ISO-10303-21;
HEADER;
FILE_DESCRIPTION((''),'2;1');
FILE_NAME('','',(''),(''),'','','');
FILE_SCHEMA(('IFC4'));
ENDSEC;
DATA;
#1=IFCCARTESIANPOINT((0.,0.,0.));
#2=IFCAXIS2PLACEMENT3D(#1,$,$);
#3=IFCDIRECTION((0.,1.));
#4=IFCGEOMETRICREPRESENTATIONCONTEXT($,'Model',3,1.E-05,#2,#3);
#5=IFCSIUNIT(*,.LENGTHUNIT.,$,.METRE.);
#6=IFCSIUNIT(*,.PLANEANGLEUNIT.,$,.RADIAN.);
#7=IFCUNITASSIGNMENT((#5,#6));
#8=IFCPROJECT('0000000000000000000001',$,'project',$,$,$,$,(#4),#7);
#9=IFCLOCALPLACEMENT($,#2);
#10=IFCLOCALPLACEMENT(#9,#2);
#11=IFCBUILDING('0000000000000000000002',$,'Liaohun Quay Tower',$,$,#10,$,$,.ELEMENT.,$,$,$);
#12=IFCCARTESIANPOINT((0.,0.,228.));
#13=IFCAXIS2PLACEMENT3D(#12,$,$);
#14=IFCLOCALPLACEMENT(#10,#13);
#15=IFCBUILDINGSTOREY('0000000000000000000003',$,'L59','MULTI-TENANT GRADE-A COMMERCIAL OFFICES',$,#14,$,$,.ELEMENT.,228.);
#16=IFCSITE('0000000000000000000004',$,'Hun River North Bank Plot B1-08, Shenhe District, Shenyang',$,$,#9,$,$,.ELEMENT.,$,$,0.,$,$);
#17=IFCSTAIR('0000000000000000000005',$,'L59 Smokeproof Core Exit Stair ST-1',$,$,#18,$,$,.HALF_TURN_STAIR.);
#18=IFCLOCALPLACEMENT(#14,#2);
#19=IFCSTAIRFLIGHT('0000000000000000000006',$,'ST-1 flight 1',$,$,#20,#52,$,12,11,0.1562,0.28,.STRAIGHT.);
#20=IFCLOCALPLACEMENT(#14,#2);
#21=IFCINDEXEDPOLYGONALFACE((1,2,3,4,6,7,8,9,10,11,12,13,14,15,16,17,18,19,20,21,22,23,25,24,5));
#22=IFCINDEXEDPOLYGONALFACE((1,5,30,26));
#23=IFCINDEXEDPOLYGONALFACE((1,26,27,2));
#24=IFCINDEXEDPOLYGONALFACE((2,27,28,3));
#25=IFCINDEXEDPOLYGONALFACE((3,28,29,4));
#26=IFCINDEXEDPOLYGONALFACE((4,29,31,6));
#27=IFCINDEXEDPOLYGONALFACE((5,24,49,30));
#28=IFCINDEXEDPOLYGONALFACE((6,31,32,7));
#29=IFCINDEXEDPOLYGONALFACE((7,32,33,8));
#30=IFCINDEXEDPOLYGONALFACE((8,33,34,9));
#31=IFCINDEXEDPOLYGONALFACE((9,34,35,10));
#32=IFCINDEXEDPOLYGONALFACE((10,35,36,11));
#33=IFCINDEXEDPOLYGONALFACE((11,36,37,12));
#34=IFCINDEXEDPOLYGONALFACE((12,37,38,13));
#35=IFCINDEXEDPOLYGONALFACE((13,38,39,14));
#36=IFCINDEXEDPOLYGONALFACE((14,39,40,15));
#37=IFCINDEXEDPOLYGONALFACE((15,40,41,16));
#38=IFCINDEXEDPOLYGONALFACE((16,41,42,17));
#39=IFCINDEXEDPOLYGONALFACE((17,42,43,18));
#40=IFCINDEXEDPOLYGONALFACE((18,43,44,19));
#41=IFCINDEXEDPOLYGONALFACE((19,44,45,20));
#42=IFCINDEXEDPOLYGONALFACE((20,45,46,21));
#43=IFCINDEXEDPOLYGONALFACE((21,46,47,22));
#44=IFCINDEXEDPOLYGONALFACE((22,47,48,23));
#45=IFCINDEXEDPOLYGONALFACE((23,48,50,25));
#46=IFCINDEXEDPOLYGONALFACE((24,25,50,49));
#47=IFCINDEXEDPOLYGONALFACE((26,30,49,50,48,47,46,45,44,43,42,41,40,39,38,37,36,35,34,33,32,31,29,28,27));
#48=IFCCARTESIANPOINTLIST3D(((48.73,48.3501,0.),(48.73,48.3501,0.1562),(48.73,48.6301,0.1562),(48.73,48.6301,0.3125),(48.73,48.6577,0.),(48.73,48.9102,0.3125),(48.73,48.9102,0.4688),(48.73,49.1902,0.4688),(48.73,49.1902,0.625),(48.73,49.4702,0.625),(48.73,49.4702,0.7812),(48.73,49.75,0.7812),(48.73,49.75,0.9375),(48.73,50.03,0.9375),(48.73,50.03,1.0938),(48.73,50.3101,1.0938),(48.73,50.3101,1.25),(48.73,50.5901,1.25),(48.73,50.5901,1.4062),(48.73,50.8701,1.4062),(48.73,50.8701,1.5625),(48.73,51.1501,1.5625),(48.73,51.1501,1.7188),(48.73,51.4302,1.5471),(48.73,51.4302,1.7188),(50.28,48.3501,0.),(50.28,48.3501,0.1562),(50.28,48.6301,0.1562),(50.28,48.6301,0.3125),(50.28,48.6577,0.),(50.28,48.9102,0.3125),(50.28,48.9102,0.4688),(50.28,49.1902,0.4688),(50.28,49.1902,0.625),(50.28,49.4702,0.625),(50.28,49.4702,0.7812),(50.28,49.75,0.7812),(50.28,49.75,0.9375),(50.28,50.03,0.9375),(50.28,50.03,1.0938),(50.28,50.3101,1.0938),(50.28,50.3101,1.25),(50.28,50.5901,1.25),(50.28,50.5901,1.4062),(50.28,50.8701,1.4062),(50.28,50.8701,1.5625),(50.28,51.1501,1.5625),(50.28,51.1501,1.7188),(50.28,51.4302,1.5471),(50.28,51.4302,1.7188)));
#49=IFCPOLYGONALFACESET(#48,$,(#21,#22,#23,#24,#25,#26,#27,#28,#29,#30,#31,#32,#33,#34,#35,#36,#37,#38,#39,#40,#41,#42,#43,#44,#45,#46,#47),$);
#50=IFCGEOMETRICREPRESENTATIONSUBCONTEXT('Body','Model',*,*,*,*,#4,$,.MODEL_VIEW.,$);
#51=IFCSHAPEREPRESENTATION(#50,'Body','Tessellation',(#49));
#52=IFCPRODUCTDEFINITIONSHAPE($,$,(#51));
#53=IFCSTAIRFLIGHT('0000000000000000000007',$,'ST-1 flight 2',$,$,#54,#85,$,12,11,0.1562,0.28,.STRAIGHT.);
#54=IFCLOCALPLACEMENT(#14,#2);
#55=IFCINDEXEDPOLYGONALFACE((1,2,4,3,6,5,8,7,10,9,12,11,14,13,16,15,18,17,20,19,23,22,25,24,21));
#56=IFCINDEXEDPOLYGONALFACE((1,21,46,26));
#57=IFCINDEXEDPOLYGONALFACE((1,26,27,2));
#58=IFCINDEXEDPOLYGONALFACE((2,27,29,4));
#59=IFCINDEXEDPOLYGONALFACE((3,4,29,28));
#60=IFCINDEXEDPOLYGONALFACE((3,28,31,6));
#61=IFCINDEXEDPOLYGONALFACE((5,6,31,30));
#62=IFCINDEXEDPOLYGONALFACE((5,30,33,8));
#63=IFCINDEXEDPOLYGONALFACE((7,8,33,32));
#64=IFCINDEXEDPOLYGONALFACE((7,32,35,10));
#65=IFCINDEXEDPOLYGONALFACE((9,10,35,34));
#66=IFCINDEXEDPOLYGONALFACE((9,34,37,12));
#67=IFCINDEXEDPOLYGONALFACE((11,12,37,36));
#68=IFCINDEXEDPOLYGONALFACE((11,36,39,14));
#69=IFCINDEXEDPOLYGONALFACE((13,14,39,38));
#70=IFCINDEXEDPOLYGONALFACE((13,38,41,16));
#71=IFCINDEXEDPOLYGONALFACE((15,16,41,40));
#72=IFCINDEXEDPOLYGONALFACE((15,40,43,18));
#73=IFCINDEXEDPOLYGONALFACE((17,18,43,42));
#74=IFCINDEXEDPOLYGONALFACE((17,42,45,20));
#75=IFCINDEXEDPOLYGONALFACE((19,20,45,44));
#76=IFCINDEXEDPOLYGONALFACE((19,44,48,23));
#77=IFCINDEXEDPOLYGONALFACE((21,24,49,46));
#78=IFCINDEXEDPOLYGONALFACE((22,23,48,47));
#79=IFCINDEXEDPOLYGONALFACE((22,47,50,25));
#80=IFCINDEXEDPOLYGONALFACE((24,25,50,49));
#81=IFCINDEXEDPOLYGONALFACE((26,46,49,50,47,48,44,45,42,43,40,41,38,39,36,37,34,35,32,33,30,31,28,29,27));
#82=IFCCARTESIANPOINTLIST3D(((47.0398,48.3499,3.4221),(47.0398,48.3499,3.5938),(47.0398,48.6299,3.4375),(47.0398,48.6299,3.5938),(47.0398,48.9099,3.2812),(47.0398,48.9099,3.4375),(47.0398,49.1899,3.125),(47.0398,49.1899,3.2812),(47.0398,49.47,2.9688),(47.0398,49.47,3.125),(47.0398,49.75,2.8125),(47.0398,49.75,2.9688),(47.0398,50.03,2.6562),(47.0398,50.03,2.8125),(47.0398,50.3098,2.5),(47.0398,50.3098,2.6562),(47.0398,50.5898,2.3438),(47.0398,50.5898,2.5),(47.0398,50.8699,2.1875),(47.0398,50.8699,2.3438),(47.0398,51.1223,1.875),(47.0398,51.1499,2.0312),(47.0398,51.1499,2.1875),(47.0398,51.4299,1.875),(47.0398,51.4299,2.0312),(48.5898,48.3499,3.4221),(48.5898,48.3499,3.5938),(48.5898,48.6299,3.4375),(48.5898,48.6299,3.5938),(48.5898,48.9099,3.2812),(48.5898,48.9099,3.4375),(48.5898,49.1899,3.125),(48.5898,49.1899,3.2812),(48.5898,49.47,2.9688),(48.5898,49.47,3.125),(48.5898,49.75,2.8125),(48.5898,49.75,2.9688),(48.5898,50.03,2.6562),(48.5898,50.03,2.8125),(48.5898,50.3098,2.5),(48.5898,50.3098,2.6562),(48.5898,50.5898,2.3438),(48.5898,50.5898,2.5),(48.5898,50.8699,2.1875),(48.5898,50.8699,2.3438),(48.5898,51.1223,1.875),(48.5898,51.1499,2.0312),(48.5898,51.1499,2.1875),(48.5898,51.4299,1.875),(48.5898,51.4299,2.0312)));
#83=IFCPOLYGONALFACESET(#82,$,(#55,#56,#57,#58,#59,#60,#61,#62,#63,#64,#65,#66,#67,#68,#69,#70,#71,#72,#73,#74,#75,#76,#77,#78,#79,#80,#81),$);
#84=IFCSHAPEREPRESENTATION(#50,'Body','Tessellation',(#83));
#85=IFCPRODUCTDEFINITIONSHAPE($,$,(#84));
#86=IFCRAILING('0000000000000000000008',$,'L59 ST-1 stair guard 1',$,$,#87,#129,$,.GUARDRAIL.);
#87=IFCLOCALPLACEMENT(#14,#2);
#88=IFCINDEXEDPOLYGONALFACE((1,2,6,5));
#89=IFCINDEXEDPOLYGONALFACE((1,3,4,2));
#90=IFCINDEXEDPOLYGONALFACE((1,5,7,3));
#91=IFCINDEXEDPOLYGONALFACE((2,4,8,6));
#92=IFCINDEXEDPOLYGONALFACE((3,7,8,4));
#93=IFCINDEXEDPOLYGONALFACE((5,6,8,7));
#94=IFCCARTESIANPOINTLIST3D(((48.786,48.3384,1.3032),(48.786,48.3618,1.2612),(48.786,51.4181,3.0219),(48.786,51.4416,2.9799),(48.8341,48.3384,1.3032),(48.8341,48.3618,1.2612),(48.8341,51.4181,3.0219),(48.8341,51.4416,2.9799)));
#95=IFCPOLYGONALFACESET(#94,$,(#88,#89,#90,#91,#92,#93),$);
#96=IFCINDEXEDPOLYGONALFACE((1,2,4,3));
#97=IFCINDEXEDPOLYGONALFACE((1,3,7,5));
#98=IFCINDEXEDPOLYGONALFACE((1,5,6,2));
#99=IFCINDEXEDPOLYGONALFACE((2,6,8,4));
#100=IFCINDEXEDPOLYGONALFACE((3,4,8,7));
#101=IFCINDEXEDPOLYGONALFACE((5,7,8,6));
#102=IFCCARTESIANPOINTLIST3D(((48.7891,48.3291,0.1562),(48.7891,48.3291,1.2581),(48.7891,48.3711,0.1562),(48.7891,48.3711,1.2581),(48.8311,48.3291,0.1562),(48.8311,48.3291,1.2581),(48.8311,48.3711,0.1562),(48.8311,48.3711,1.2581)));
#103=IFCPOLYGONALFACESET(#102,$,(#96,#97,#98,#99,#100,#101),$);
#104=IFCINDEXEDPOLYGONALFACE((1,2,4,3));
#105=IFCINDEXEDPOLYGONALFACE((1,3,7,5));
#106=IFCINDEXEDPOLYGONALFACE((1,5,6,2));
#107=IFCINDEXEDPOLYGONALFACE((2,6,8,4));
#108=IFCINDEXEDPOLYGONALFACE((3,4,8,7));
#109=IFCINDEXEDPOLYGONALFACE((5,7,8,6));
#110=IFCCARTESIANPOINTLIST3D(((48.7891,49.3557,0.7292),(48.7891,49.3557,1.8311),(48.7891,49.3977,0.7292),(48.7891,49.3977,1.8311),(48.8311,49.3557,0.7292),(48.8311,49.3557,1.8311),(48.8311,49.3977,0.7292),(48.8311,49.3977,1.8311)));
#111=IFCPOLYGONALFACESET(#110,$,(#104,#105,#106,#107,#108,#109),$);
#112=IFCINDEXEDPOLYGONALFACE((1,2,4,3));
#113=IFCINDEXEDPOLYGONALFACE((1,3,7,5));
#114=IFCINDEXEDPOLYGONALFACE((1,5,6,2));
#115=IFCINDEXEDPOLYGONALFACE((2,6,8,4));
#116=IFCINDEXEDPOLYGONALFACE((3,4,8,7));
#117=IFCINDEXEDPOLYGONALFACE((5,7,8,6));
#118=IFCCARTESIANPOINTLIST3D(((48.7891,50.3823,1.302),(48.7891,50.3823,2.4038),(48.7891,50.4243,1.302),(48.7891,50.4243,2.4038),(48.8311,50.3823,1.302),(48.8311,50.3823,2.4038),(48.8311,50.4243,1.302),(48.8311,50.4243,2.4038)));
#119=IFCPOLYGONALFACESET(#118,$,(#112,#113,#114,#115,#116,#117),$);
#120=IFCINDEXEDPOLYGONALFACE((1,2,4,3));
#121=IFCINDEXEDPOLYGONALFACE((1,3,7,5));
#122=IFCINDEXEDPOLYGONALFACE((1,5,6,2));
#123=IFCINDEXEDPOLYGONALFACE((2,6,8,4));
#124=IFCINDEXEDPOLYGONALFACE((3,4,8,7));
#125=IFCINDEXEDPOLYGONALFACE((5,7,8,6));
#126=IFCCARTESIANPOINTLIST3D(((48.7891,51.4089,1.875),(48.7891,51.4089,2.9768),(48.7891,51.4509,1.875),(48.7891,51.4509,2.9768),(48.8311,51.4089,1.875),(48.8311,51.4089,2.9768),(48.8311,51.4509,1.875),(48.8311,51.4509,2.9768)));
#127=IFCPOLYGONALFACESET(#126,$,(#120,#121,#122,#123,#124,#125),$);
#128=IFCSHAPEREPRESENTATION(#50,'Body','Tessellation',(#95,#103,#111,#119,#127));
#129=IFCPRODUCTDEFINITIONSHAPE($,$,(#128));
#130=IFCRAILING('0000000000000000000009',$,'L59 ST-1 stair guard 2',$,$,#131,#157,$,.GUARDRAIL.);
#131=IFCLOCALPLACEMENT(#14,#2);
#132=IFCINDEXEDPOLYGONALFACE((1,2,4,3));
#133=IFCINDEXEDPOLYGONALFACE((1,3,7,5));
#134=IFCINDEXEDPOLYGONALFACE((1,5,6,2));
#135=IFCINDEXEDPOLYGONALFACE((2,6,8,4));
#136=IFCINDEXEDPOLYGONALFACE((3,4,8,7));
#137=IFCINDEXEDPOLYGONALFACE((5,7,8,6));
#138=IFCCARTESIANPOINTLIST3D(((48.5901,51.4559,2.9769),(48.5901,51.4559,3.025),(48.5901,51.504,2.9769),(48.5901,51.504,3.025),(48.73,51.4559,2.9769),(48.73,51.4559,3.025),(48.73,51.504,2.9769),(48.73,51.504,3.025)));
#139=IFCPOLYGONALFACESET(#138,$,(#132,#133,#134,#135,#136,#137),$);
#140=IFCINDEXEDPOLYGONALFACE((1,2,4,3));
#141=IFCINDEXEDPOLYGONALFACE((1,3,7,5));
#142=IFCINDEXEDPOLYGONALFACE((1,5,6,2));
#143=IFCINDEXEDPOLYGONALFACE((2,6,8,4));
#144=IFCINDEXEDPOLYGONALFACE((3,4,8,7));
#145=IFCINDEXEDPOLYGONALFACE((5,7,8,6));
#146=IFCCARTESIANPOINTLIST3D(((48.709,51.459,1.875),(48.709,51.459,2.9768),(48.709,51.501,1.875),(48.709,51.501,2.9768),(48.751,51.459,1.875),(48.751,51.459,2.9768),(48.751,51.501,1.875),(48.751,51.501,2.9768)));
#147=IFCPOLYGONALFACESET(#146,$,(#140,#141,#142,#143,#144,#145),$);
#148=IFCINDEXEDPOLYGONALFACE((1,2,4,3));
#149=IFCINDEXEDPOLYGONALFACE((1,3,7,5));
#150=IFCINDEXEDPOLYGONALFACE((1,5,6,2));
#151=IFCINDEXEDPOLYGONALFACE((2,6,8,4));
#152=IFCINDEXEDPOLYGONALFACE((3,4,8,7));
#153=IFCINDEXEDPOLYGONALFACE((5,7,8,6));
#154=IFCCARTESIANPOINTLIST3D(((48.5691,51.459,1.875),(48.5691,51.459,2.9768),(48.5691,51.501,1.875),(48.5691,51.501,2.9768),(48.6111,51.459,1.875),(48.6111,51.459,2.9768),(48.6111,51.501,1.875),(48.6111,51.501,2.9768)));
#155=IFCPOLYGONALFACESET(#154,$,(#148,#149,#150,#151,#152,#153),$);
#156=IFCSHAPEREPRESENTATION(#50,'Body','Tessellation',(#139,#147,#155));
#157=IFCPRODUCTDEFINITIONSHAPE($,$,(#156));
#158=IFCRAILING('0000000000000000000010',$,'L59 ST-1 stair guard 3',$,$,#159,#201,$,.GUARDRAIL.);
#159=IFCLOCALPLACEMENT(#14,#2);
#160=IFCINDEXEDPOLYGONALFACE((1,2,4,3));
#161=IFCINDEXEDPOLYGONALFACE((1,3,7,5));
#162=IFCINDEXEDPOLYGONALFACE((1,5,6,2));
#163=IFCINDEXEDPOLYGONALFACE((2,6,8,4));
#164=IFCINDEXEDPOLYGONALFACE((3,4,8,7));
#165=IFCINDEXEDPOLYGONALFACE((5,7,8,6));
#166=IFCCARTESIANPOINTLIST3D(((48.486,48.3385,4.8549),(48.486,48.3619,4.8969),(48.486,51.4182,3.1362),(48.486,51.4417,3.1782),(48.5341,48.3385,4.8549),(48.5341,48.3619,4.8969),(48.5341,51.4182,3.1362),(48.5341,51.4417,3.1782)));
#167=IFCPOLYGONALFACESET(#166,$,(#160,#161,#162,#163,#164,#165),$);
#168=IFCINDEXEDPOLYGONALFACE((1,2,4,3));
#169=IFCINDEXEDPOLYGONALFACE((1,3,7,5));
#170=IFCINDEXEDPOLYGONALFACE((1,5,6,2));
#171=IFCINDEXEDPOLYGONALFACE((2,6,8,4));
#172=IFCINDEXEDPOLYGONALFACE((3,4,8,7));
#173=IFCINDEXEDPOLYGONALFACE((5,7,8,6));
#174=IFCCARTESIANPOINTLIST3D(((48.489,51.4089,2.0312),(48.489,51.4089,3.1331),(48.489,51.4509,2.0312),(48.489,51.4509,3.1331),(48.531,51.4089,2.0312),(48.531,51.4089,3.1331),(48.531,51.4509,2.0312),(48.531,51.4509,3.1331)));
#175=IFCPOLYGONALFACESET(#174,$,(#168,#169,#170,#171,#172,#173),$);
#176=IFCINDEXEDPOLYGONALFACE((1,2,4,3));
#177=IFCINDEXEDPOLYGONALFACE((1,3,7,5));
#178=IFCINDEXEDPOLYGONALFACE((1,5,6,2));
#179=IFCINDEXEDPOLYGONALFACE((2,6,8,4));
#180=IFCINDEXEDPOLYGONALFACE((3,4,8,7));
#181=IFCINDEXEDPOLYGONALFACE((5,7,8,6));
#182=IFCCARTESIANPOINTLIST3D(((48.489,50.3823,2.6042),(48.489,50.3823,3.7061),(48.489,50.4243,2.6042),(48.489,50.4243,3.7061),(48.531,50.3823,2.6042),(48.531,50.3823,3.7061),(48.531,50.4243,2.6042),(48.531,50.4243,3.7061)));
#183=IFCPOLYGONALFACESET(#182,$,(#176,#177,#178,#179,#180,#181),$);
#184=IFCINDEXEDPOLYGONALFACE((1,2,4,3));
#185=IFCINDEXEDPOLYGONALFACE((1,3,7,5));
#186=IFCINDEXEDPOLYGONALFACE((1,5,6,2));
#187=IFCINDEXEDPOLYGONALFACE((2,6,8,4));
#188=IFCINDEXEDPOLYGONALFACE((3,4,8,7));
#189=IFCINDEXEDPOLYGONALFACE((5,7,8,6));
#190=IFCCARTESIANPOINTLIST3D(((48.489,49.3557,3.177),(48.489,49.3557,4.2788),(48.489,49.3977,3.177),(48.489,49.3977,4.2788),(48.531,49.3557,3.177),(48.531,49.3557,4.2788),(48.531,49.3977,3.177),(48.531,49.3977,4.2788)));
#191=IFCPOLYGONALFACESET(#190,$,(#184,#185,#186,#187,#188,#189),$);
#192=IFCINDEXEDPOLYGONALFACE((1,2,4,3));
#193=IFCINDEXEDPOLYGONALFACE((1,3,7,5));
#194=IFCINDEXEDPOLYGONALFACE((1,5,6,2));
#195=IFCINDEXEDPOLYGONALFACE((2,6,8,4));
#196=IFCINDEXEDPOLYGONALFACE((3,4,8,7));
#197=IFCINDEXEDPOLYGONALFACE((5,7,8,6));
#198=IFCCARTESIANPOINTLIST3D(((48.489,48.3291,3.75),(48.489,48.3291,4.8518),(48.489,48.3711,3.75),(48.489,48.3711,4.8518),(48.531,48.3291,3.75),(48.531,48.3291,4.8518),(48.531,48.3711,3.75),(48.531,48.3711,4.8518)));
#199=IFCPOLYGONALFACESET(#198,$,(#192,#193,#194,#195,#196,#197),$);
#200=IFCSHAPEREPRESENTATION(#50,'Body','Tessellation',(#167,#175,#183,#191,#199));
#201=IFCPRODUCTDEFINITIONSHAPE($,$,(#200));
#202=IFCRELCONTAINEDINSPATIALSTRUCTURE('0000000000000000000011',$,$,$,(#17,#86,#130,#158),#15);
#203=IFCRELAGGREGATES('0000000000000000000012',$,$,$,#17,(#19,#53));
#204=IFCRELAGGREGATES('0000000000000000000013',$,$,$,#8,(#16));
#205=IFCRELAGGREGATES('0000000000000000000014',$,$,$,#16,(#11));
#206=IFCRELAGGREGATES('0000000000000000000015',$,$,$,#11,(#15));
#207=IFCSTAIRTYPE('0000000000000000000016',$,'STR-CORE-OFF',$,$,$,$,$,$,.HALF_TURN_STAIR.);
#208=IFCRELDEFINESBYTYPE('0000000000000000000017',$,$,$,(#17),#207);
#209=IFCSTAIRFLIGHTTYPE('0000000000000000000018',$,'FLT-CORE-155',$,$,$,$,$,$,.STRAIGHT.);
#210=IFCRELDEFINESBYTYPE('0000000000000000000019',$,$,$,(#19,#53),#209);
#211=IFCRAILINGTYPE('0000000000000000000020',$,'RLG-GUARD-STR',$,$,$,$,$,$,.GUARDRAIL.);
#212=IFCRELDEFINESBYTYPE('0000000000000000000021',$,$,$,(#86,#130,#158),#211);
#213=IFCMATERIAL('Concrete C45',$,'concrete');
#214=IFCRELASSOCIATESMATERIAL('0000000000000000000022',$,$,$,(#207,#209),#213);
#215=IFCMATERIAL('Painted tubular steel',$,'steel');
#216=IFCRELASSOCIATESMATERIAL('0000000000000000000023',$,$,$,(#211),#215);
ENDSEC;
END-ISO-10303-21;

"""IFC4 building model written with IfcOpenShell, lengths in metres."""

from ifc_helpers import new_model, si_unit, direction, frame, origin, origin_2d, place, context, subcontext, project, spatial, polyline, rectangle, outline, extrude, material, type_object, element, aggregate, save


model = new_model("IFC4")

# Units and contexts
model_context = context("Model", 3, precision=1e-05, world=origin(), true_north=direction((0.0, 1.0)))
body_context = subcontext(model_context, "Body", "Model", "MODEL_VIEW")
ifc_project = project(units=[si_unit("LENGTHUNIT", "METRE"), si_unit("PLANEANGLEUNIT", "RADIAN")], contexts=[model_context])

# Site, building, storey
site_placement = place(None, origin())
site = spatial("IfcSite", under=ifc_project, at=site_placement, Name="Hun River North Bank Plot B1-08, Shenhe District, Shenyang", CompositionType="ELEMENT", RefElevation=0.0)
building_placement = place(site_placement, origin())
building = spatial("IfcBuilding", under=site, at=building_placement, Name="Liaohun Quay Tower", CompositionType="ELEMENT")
storey_placement = place(building_placement, frame((0.0, 0.0, 228.0)))
storey = spatial("IfcBuildingStorey", under=building, at=storey_placement, Name="L59", Description="MULTI-TENANT GRADE-A COMMERCIAL OFFICES", CompositionType="ELEMENT", Elevation=228.0)

# Stair
ifc_material_1 = material(Name="Concrete C45", Category="concrete")
stair_type = type_object("IfcStairType", Name="STR-CORE-OFF", PredefinedType="HALF_TURN_STAIR", material=ifc_material_1)
stair_1_placement = place(storey_placement, origin())
stair_1 = element("IfcStair", 1, at=stair_1_placement, inside=storey, type_object=stair_type, Name="L59 Smokeproof Core Exit Stair ST-1", PredefinedType="HALF_TURN_STAIR")

# Stair flights
stair_flight_type = type_object("IfcStairFlightType", Name="FLT-CORE-155", PredefinedType="STRAIGHT", material=ifc_material_1)
stair_flight_1_placement = place(storey_placement, frame((49.5049, 48.3501, 0.0), z_axis=(0.0, 0.0, 1.0), x_axis=(0.0, 1.0, 0.0)))
stair_flight_1 = element("IfcStairFlight", 2, at=stair_flight_1_placement, type_object=stair_flight_type, Name="ST-1 flight 1", NumberOfRisers=12, NumberOfTreads=11, PredefinedType="STRAIGHT", RiserHeight=0.1562, TreadLength=0.28, context=body_context, shape_type="SweptSolid", body=[
    extrude(outline(polyline([(0.0, 0.0), (0.0, 0.1562), (0.28, 0.1562), (0.28, 0.3125), (0.5601, 0.3125), (0.5601, 0.4688), (0.8401, 0.4688), (0.8401, 0.625), (1.1201, 0.625), (1.1201, 0.7812), (1.3999, 0.7812), (1.3999, 0.9375), (1.6799, 0.9375), (1.6799, 1.0938), (1.96, 1.0938), (1.96, 1.25), (2.24, 1.25), (2.24, 1.4062), (2.52, 1.4062), (2.52, 1.5625), (2.8, 1.5625), (2.8, 1.7188), (3.0801, 1.7188), (3.0801, 1.875), (3.0801, 1.5471), (0.3076, 0.0), (0.0, 0.0)])), frame((0.0, 0.7749, 0.0), z_axis=(0.0, -1.0, 0.0), x_axis=(1.0, 0.0, 0.0)), (0.0, 0.0, 1.0), 1.55),
])
stair_flight_2_placement = place(storey_placement, frame((47.8149, 51.4299, 1.875), z_axis=(0.0, 0.0, 1.0), x_axis=(0.0, -1.0, 0.0)))
stair_flight_2 = element("IfcStairFlight", 3, at=stair_flight_2_placement, type_object=stair_flight_type, Name="ST-1 flight 2", NumberOfRisers=12, NumberOfTreads=11, PredefinedType="STRAIGHT", RiserHeight=0.1562, TreadLength=0.28, context=body_context, shape_type="SweptSolid", body=[
    extrude(outline(polyline([(0.0, 0.0), (0.0, 0.1562), (0.28, 0.1562), (0.28, 0.3125), (0.5601, 0.3125), (0.5601, 0.4688), (0.8401, 0.4688), (0.8401, 0.625), (1.1201, 0.625), (1.1201, 0.7812), (1.3999, 0.7812), (1.3999, 0.9375), (1.6799, 0.9375), (1.6799, 1.0938), (1.96, 1.0938), (1.96, 1.25), (2.24, 1.25), (2.24, 1.4062), (2.52, 1.4062), (2.52, 1.5625), (2.8, 1.5625), (2.8, 1.7188), (3.0801, 1.7188), (3.0801, 1.875), (3.0801, 1.5471), (0.3076, 0.0), (0.0, 0.0)])), frame((0.0, 0.7749, 0.0), z_axis=(0.0, -1.0, 0.0), x_axis=(1.0, 0.0, 0.0)), (0.0, 0.0, 1.0), 1.55),
])
aggregate(stair_1, [stair_flight_1, stair_flight_2])

# Railings
ifc_material_2 = material(Name="Painted tubular steel", Category="steel")
railing_type_1 = type_object("IfcRailingType", Name="RLG-GUARD-STR", PredefinedType="GUARDRAIL", material=ifc_material_2)
railing_1_placement = place(storey_placement, frame((48.8101, 48.3501, 0.1562)))
element("IfcRailing", 4, at=railing_1_placement, inside=storey, type_object=railing_type_1, Name="L59 ST-1 stair guard 1", PredefinedType="GUARDRAIL", context=body_context, shape_type="SweptSolid", body=[
    extrude(rectangle(XDim=0.0481, YDim=0.0481, at=origin_2d()), frame((0.0, 0.0, 1.126), z_axis=(0.0, 0.873225, 0.487317), x_axis=(-1.0, 0.0, 0.0)), (0.0, 0.0, 1.0), 3.5269),
    extrude(rectangle(XDim=0.042, YDim=0.042, at=origin_2d()), origin(), (0.0, 0.0, 1.0), 1.1018),
    extrude(rectangle(XDim=0.042, YDim=0.042, at=origin_2d()), frame((0.0, 1.0266, 0.573)), (0.0, 0.0, 1.0), 1.1018),
    extrude(rectangle(XDim=0.042, YDim=0.042, at=origin_2d()), frame((0.0, 2.0532, 1.1458)), (0.0, 0.0, 1.0), 1.1018),
    extrude(rectangle(XDim=0.042, YDim=0.042, at=origin_2d()), frame((0.0, 3.0798, 1.7188)), (0.0, 0.0, 1.0), 1.1018),
])
railing_2_placement = place(storey_placement, frame((48.73, 51.48, 1.875)))
element("IfcRailing", 5, at=railing_2_placement, inside=storey, type_object=railing_type_1, Name="L59 ST-1 stair guard 2", PredefinedType="GUARDRAIL", context=body_context, shape_type="SweptSolid", body=[
    extrude(rectangle(XDim=0.0481, YDim=0.0481, at=origin_2d()), frame((0.0, 0.0, 1.126), z_axis=(-1.0, 0.0, 0.0), x_axis=(0.0, -1.0, 0.0)), (0.0, 0.0, 1.0), 0.1399),
    extrude(rectangle(XDim=0.042, YDim=0.042, at=origin_2d()), origin(), (0.0, 0.0, 1.0), 1.1018),
    extrude(rectangle(XDim=0.042, YDim=0.042, at=origin_2d()), frame((-0.1399, 0.0, 0.0)), (0.0, 0.0, 1.0), 1.1018),
])
railing_3_placement = place(storey_placement, frame((48.51, 51.4299, 2.0312)))
element("IfcRailing", 6, at=railing_3_placement, inside=storey, type_object=railing_type_1, Name="L59 ST-1 stair guard 3", PredefinedType="GUARDRAIL", context=body_context, shape_type="SweptSolid", body=[
    extrude(rectangle(XDim=0.0481, YDim=0.0481, at=origin_2d()), frame((0.0, 0.0, 1.126), z_axis=(0.0, -0.873225, 0.487317), x_axis=(1.0, 0.0, 0.0)), (0.0, 0.0, 1.0), 3.5269),
    extrude(rectangle(XDim=0.042, YDim=0.042, at=origin_2d()), origin(), (0.0, 0.0, 1.0), 1.1018),
    extrude(rectangle(XDim=0.042, YDim=0.042, at=origin_2d()), frame((0.0, -1.0266, 0.573)), (0.0, 0.0, 1.0), 1.1018),
    extrude(rectangle(XDim=0.042, YDim=0.042, at=origin_2d()), frame((0.0, -2.0532, 1.1458)), (0.0, 0.0, 1.0), 1.1018),
    extrude(rectangle(XDim=0.042, YDim=0.042, at=origin_2d()), frame((0.0, -3.0798, 1.7188)), (0.0, 0.0, 1.0), 1.1018),
])

save(model, "model.ifc")
